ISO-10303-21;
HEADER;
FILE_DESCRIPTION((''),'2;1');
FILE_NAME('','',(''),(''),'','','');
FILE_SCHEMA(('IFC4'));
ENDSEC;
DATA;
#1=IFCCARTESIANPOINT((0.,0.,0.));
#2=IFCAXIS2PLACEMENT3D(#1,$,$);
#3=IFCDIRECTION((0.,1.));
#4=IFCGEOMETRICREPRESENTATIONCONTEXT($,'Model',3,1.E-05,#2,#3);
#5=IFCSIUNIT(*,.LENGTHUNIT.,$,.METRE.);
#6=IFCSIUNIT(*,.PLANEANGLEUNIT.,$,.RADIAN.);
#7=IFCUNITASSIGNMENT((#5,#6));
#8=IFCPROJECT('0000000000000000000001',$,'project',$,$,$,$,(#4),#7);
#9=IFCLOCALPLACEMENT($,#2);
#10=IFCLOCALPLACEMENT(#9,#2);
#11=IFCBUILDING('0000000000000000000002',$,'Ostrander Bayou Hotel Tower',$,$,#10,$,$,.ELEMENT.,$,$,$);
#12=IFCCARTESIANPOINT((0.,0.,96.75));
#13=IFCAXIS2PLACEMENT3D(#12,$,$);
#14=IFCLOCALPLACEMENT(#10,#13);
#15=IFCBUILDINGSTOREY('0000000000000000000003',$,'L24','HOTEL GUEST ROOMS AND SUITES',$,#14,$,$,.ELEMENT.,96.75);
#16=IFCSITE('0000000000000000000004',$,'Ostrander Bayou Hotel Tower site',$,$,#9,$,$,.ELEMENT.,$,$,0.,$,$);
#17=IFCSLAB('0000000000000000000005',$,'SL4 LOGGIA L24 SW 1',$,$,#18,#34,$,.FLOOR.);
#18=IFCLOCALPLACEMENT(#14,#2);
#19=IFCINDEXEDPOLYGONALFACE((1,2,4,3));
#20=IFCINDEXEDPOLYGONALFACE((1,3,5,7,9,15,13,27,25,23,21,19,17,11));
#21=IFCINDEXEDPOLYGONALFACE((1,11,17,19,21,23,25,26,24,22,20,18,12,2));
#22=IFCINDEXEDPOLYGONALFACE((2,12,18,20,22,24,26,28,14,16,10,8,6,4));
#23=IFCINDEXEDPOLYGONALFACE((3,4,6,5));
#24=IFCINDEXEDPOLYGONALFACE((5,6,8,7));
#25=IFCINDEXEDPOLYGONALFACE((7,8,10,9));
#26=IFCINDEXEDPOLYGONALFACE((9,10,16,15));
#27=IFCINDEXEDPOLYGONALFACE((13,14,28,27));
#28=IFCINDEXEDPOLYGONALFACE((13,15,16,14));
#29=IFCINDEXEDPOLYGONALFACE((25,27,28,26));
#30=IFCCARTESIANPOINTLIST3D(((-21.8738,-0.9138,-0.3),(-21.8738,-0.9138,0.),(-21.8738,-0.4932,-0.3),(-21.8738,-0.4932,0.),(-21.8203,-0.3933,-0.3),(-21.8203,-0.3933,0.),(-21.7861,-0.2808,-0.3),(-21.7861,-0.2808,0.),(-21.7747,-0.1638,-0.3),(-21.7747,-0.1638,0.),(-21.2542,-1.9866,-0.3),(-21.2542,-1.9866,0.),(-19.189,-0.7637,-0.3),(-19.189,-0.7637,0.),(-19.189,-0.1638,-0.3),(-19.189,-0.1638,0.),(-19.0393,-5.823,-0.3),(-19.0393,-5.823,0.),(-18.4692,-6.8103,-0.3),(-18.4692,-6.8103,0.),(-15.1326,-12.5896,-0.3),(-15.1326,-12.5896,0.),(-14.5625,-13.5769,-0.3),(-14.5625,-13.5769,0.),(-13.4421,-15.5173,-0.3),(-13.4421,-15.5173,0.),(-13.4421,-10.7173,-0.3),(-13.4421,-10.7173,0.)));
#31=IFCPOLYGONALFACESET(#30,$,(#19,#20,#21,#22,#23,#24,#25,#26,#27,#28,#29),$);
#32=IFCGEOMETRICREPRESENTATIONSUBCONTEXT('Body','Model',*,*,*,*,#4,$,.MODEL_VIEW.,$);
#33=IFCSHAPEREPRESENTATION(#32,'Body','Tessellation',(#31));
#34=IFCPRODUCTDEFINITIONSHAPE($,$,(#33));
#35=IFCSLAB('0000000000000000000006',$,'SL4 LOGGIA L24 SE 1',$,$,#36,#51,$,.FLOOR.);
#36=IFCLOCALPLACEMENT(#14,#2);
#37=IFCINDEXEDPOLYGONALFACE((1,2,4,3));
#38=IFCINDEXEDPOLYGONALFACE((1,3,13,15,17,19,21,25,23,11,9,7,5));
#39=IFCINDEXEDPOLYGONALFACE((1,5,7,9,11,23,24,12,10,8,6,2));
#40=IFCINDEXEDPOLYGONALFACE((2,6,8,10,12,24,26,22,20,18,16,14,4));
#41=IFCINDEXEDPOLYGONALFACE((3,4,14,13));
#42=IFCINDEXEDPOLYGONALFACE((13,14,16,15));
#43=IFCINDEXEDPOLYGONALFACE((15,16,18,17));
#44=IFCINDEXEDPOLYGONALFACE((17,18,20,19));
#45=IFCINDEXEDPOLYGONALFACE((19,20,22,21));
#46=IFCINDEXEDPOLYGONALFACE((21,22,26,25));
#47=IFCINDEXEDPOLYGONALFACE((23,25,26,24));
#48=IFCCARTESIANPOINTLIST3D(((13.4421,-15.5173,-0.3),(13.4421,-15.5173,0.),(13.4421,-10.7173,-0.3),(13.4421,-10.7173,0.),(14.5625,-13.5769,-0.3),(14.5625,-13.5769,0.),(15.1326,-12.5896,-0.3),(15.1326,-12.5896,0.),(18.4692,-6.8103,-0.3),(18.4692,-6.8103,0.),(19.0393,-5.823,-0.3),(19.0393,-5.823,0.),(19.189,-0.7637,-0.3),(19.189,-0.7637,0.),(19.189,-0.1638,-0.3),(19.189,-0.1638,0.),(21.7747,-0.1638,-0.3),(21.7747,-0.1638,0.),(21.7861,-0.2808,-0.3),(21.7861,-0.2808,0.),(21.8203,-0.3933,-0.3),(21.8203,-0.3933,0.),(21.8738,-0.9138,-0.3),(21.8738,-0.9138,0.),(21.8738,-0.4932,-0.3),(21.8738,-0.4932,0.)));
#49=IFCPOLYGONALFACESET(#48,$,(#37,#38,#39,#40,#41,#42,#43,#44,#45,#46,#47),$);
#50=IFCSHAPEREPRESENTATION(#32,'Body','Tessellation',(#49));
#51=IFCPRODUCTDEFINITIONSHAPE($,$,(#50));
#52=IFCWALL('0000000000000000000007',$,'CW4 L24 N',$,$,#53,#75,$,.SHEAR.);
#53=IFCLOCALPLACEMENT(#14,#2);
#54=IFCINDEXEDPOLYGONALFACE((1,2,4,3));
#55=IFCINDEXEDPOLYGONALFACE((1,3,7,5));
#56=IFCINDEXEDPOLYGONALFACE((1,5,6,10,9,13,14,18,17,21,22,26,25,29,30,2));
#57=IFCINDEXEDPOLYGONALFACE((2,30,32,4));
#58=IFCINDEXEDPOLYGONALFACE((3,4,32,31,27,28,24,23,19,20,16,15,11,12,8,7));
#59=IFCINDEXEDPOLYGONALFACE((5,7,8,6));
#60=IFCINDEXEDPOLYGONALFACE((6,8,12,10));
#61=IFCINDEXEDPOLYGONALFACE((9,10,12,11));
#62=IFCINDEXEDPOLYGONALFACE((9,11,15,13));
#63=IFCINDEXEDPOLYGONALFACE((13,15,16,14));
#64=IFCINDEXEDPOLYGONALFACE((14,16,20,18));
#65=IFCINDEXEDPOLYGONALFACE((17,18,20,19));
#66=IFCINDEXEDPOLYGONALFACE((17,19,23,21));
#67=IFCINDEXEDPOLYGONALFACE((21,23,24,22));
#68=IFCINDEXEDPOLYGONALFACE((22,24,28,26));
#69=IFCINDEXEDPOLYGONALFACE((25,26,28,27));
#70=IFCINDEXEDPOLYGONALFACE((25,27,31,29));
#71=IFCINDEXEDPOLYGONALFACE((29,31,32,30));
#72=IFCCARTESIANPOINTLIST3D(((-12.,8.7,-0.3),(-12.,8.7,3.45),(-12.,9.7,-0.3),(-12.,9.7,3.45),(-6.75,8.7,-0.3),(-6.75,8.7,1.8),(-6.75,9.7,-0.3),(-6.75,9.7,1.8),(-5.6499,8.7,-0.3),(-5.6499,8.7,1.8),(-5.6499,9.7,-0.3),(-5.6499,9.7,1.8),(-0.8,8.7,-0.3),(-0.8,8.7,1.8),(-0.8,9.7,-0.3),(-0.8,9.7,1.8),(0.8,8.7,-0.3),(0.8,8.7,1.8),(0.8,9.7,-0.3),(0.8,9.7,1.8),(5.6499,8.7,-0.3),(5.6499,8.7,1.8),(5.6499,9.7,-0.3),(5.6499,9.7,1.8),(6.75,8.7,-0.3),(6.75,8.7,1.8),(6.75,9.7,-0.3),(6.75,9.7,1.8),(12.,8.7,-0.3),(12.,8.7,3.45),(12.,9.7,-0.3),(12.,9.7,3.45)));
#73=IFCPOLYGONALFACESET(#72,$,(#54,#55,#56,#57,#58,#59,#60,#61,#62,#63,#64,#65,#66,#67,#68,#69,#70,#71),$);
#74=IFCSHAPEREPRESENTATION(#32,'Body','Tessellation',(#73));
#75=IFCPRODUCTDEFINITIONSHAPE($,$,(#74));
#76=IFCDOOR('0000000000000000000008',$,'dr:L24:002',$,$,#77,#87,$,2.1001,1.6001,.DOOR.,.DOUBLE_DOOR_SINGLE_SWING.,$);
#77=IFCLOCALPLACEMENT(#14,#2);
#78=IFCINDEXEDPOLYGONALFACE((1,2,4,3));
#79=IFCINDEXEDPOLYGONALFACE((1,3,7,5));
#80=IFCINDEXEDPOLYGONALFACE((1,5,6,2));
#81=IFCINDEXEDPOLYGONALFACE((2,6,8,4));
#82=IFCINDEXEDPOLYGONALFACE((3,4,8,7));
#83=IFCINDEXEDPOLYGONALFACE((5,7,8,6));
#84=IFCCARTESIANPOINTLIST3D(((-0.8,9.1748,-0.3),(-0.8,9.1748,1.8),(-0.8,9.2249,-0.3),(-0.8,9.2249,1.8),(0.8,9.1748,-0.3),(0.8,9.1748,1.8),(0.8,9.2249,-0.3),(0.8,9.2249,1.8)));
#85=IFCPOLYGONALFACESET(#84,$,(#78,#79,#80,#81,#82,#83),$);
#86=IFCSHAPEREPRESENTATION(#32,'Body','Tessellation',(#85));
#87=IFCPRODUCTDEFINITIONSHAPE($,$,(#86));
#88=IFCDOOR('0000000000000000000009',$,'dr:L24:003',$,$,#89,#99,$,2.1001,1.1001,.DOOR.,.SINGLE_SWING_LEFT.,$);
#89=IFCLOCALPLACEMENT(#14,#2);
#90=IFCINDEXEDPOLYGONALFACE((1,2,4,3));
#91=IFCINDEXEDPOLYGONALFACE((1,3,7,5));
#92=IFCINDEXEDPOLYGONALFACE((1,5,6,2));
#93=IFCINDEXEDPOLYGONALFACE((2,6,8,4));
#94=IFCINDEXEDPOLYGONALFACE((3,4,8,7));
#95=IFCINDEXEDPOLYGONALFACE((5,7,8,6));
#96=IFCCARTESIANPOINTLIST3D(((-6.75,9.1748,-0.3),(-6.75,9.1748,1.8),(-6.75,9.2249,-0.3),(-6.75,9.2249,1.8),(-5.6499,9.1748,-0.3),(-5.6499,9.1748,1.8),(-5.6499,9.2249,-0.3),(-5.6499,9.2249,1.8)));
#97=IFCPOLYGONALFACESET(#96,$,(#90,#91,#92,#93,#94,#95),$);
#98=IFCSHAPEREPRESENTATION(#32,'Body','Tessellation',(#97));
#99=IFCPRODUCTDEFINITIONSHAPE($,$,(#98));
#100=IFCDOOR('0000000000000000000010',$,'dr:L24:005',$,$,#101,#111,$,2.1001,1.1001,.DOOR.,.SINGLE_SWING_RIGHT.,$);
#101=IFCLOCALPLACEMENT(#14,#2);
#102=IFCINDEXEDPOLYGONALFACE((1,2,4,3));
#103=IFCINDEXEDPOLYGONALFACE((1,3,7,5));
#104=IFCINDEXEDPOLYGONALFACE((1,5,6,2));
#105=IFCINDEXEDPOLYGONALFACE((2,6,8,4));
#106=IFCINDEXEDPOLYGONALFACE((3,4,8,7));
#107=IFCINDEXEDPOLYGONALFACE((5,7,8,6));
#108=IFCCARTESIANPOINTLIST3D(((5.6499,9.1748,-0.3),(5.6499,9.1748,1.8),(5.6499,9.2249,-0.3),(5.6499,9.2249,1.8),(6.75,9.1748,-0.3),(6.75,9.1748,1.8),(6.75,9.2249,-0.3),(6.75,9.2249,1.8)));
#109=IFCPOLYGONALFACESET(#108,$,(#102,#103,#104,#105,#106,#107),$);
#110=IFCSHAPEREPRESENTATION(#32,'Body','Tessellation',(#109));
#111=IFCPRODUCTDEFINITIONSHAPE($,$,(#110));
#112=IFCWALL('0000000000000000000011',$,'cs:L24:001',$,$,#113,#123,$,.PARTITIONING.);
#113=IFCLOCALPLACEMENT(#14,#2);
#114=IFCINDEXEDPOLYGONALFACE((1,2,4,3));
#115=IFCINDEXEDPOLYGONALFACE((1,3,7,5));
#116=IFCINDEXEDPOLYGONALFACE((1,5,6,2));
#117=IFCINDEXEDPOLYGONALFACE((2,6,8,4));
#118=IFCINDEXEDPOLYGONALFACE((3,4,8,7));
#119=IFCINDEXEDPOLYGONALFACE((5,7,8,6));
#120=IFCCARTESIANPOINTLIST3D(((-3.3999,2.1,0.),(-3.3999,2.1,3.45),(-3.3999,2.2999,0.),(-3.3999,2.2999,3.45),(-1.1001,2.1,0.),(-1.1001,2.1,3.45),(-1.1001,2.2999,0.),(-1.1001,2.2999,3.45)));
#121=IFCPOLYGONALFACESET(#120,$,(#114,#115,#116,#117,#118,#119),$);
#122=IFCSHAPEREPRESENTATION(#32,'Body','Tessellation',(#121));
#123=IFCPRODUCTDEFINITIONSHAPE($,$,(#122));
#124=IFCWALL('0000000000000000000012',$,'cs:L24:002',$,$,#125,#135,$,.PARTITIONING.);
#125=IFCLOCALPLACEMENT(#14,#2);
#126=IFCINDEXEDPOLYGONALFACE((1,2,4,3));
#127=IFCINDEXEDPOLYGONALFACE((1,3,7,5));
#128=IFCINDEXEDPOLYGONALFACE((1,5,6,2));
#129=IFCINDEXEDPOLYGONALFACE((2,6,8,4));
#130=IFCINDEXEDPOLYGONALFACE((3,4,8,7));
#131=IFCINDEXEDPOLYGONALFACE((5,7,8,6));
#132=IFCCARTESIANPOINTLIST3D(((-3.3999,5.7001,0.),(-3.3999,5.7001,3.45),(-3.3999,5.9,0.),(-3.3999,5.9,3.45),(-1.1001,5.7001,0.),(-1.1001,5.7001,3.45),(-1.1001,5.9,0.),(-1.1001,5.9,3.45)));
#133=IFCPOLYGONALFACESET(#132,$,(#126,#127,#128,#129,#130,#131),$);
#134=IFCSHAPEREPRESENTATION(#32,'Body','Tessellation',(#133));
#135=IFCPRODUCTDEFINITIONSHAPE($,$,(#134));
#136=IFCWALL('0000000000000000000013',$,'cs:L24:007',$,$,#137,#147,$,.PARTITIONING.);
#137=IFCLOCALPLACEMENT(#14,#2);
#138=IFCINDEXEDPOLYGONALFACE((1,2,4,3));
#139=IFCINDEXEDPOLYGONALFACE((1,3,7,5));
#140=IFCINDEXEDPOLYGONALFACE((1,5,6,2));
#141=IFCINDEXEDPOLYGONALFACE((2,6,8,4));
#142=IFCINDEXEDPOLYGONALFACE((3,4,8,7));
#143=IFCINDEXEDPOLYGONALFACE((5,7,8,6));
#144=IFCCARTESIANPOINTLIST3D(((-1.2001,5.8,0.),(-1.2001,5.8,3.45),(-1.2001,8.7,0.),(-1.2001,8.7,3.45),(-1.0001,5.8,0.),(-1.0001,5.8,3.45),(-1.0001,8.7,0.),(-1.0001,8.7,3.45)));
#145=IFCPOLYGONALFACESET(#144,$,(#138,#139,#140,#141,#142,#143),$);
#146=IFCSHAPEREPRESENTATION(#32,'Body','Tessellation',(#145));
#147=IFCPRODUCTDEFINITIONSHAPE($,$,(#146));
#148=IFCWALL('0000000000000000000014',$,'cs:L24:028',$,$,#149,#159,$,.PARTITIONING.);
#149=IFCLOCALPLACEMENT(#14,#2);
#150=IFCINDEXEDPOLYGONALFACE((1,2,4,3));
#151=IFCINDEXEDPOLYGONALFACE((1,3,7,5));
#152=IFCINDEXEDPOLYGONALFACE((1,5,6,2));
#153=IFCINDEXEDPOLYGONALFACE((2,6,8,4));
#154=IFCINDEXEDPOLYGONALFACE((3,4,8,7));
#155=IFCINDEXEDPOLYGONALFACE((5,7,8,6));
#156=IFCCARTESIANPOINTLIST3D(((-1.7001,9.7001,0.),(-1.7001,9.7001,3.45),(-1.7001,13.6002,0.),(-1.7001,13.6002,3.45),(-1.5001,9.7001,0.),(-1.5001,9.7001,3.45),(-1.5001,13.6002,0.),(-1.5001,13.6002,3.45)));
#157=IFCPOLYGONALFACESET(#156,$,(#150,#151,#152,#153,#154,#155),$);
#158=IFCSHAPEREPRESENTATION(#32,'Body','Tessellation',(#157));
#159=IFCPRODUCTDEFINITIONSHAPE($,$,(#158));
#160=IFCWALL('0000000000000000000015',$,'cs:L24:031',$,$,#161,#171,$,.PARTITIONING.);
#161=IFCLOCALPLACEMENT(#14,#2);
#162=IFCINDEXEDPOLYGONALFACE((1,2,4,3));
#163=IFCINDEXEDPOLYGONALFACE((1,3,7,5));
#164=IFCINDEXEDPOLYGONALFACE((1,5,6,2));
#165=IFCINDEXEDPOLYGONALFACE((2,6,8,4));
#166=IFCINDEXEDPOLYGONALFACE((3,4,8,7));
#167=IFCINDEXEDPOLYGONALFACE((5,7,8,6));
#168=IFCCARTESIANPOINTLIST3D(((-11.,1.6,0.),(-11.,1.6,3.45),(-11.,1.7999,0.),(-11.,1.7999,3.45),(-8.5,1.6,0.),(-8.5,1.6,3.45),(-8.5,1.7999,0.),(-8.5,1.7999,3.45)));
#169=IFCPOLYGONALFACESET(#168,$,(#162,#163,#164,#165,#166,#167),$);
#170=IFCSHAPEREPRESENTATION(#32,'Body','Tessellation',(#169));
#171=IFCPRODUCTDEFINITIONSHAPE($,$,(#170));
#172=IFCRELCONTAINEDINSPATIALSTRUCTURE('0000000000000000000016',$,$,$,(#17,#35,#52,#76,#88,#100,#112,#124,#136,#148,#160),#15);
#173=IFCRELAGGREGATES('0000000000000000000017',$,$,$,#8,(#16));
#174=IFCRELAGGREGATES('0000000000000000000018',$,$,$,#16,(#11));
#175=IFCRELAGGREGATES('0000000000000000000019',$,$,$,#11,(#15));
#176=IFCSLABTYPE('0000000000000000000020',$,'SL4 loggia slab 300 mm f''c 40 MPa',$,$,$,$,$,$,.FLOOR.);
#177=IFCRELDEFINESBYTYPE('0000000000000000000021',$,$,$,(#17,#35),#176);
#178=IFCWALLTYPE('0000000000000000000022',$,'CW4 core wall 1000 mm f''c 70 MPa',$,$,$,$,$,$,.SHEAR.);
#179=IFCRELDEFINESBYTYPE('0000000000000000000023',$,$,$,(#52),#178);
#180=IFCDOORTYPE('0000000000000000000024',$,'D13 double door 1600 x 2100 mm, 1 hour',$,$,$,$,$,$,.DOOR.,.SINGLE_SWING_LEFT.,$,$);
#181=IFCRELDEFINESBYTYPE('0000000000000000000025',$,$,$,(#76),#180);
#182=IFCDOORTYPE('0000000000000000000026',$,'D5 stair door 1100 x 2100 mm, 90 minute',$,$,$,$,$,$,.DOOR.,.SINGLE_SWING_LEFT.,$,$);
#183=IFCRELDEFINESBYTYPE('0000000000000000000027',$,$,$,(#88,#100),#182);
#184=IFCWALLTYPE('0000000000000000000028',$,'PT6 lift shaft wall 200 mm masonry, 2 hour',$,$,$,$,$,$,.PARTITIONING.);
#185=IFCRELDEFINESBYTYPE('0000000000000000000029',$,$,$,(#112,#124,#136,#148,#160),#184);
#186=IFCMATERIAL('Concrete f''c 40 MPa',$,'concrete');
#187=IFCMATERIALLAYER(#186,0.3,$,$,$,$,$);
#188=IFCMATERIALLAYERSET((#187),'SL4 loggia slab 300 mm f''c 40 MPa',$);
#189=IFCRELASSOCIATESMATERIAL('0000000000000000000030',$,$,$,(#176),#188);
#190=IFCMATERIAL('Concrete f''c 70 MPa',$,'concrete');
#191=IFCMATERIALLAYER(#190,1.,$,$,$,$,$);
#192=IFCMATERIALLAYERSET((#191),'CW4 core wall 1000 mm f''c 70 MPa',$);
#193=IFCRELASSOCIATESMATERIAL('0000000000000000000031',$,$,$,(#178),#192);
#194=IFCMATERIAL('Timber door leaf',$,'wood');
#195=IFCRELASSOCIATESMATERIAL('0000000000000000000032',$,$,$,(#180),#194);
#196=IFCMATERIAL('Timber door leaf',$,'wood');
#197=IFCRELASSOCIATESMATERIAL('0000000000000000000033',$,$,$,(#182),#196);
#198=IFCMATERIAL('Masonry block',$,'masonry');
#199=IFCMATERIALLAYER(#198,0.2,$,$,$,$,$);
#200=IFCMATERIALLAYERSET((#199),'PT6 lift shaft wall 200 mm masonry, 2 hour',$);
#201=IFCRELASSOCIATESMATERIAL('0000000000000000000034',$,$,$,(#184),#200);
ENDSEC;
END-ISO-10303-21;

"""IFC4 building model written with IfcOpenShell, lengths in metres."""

from ifc_helpers import new_model, si_unit, direction, frame, frame_2d, origin, place, context, subcontext, project, spatial, polyline, rectangle, outline, extrude, material, layer, layer_set, type_object, element, fill, save


model = new_model("IFC4")

# Units and contexts
model_context = context("Model", 3, precision=1e-05, world=origin(), true_north=direction((0.0, 1.0)))
body_context = subcontext(model_context, "Body", "Model", "MODEL_VIEW")
ifc_project = project(units=[si_unit("LENGTHUNIT", "METRE"), si_unit("PLANEANGLEUNIT", "RADIAN")], contexts=[model_context])

# Site, building, storey
site_placement = place(None, origin())
site = spatial("IfcSite", under=ifc_project, at=site_placement, Name="Ostrander Bayou Hotel Tower site", CompositionType="ELEMENT", RefElevation=0.0)
building_placement = place(site_placement, origin())
building = spatial("IfcBuilding", under=site, at=building_placement, Name="Ostrander Bayou Hotel Tower", CompositionType="ELEMENT")
storey_placement = place(building_placement, frame((0.0, 0.0, 96.75)))
storey = spatial("IfcBuildingStorey", under=building, at=storey_placement, Name="L24", Description="HOTEL GUEST ROOMS AND SUITES", CompositionType="ELEMENT", Elevation=96.75)

# Slabs
ifc_material_1 = material(Name="Concrete f'c 40 MPa", Category="concrete")
ifc_layer_1 = layer(ifc_material_1, 0.3)
ifc_layer_set_1 = layer_set([ifc_layer_1], Name="SL4 loggia slab 300 mm f'c 40 MPa")
slab_type = type_object("IfcSlabType", Name="SL4 loggia slab 300 mm f'c 40 MPa", PredefinedType="FLOOR", material=ifc_layer_set_1)
slab_1_placement = place(storey_placement, frame((0.0, 0.0, -0.3)))
element("IfcSlab", 1, at=slab_1_placement, inside=storey, type_object=slab_type, Name="SL4 LOGGIA L24 SW 1", PredefinedType="FLOOR", context=body_context, shape_type="SweptSolid", body=[
    extrude(outline(polyline([(-13.4421, -15.5173), (-14.5625, -13.5769), (-15.1326, -12.5896), (-18.4692, -6.8103), (-19.0393, -5.823), (-21.2542, -1.9866), (-21.8738, -0.9138), (-21.8738, -0.4932), (-21.8203, -0.3933), (-21.7861, -0.2808), (-21.7747, -0.1638), (-19.189, -0.1638), (-19.189, -0.7637), (-13.4421, -10.7173), (-13.4421, -15.5173)])), origin(), (0.0, 0.0, 1.0), 0.3),
])
slab_2_placement = place(storey_placement, frame((0.0, 0.0, -0.3)))
element("IfcSlab", 2, at=slab_2_placement, inside=storey, type_object=slab_type, Name="SL4 LOGGIA L24 SE 1", PredefinedType="FLOOR", context=body_context, shape_type="SweptSolid", body=[
    extrude(outline(polyline([(15.1326, -12.5896), (14.5625, -13.5769), (13.4421, -15.5173), (13.4421, -10.7173), (19.189, -0.7637), (19.189, -0.1638), (21.7747, -0.1638), (21.7861, -0.2808), (21.8203, -0.3933), (21.8738, -0.4932), (21.8738, -0.9138), (19.0393, -5.823), (18.4692, -6.8103), (15.1326, -12.5896)])), origin(), (0.0, 0.0, 1.0), 0.3),
])

# Wall, openings, doors
ifc_material_2 = material(Name="Concrete f'c 70 MPa", Category="concrete")
ifc_layer_2 = layer(ifc_material_2, 1.0)
ifc_layer_set_2 = layer_set([ifc_layer_2], Name="CW4 core wall 1000 mm f'c 70 MPa")
wall_type_1 = type_object("IfcWallType", Name="CW4 core wall 1000 mm f'c 70 MPa", PredefinedType="SHEAR", material=ifc_layer_set_2)
wall_1_placement = place(storey_placement, frame((-12.0, 9.2, -0.3), z_axis=(0.0, 0.0, 1.0), x_axis=(1.0, 0.0, 0.0)))
wall_1 = element("IfcWall", 3, at=wall_1_placement, inside=storey, type_object=wall_type_1, Name="CW4 L24 N", PredefinedType="SHEAR", context=body_context, shape_type="SweptSolid", body=[
    extrude(rectangle(XDim=24.0, YDim=1.0, at=frame_2d((12.0, 0.0))), origin(), (0.0, 0.0, 1.0), 3.75),
])
opening_1_placement = place(wall_1_placement, frame((11.2, 0.0, 0.0)))
opening_1 = element("IfcOpeningElement", 4, at=opening_1_placement, cuts=wall_1, PredefinedType="OPENING", context=body_context, shape_type="SweptSolid", body=[
    extrude(rectangle(XDim=1.6001, YDim=2.1001, at=frame_2d((0.8, 1.05))), frame((0.0, 0.5, 0.0), z_axis=(0.0, -1.0, 0.0), x_axis=(1.0, 0.0, 0.0)), (0.0, 0.0, 1.0), 1.0),
])
opening_2_placement = place(wall_1_placement, frame((5.25, 0.0, 0.0)))
opening_2 = element("IfcOpeningElement", 5, at=opening_2_placement, cuts=wall_1, PredefinedType="OPENING", context=body_context, shape_type="SweptSolid", body=[
    extrude(rectangle(XDim=1.1001, YDim=2.1001, at=frame_2d((0.55, 1.05))), frame((0.0, 0.5, 0.0), z_axis=(0.0, -1.0, 0.0), x_axis=(1.0, 0.0, 0.0)), (0.0, 0.0, 1.0), 1.0),
])
opening_3_placement = place(wall_1_placement, frame((17.6499, 0.0, 0.0)))
opening_3 = element("IfcOpeningElement", 6, at=opening_3_placement, cuts=wall_1, PredefinedType="OPENING", context=body_context, shape_type="SweptSolid", body=[
    extrude(rectangle(XDim=1.1001, YDim=2.1001, at=frame_2d((0.55, 1.05))), frame((0.0, 0.5, 0.0), z_axis=(0.0, -1.0, 0.0), x_axis=(1.0, 0.0, 0.0)), (0.0, 0.0, 1.0), 1.0),
])
ifc_material_3 = material(Name="Timber door leaf", Category="wood")
door_type_1 = type_object("IfcDoorType", Name="D13 double door 1600 x 2100 mm, 1 hour", OperationType="SINGLE_SWING_LEFT", PredefinedType="DOOR", material=ifc_material_3)
door_1_placement = place(opening_1_placement, origin())
door_1 = element("IfcDoor", 7, at=door_1_placement, inside=storey, type_object=door_type_1, Name="dr:L24:002", OperationType="DOUBLE_DOOR_SINGLE_SWING", OverallHeight=2.1001, OverallWidth=1.6001, PredefinedType="DOOR", context=body_context, shape_type="SweptSolid", body=[
    extrude(rectangle(XDim=1.6001, YDim=2.1001, at=frame_2d((0.8, 1.05))), frame((0.0, 0.0249, 0.0), z_axis=(0.0, -1.0, 0.0), x_axis=(1.0, 0.0, 0.0)), (0.0, 0.0, 1.0), 0.05),
])
fill(opening_1, door_1)
ifc_material_4 = material(Name="Timber door leaf", Category="wood")
door_type_2 = type_object("IfcDoorType", Name="D5 stair door 1100 x 2100 mm, 90 minute", OperationType="SINGLE_SWING_LEFT", PredefinedType="DOOR", material=ifc_material_4)
door_2_placement = place(opening_2_placement, origin())
door_2 = element("IfcDoor", 8, at=door_2_placement, inside=storey, type_object=door_type_2, Name="dr:L24:003", OperationType="SINGLE_SWING_LEFT", OverallHeight=2.1001, OverallWidth=1.1001, PredefinedType="DOOR", context=body_context, shape_type="SweptSolid", body=[
    extrude(rectangle(XDim=1.1001, YDim=2.1001, at=frame_2d((0.55, 1.05))), frame((0.0, 0.0249, 0.0), z_axis=(0.0, -1.0, 0.0), x_axis=(1.0, 0.0, 0.0)), (0.0, 0.0, 1.0), 0.05),
])
fill(opening_2, door_2)
door_3_placement = place(opening_3_placement, origin())
door_3 = element("IfcDoor", 9, at=door_3_placement, inside=storey, type_object=door_type_2, Name="dr:L24:005", OperationType="SINGLE_SWING_RIGHT", OverallHeight=2.1001, OverallWidth=1.1001, PredefinedType="DOOR", context=body_context, shape_type="SweptSolid", body=[
    extrude(rectangle(XDim=1.1001, YDim=2.1001, at=frame_2d((0.55, 1.05))), frame((0.0, 0.0249, 0.0), z_axis=(0.0, -1.0, 0.0), x_axis=(1.0, 0.0, 0.0)), (0.0, 0.0, 1.0), 0.05),
])
fill(opening_3, door_3)

# Walls
ifc_material_5 = material(Name="Masonry block", Category="masonry")
ifc_layer_3 = layer(ifc_material_5, 0.2)
ifc_layer_set_3 = layer_set([ifc_layer_3], Name="PT6 lift shaft wall 200 mm masonry, 2 hour")
wall_type_2 = type_object("IfcWallType", Name="PT6 lift shaft wall 200 mm masonry, 2 hour", PredefinedType="PARTITIONING", material=ifc_layer_set_3)
for number, where, z_axis, x_axis, name in (
    (10, (-3.3999, 2.2, 0.0), (0.0, 0.0, 1.0), (1.0, 0.0, 0.0), "cs:L24:001"),
    (11, (-3.3999, 5.8, 0.0), (0.0, 0.0, 1.0), (1.0, 0.0, 0.0), "cs:L24:002"),
):
    element("IfcWall", number, at=place(storey_placement, frame(where, z_axis=z_axis, x_axis=x_axis)), inside=storey, type_object=wall_type_2, Name=name, PredefinedType="PARTITIONING", context=body_context, shape_type="SweptSolid", body=[
        extrude(rectangle(XDim=2.2998, YDim=0.2, at=frame_2d((1.1499, 0.0))), origin(), (0.0, 0.0, 1.0), 3.45),
    ])
wall_2_placement = place(storey_placement, frame((-1.1001, 5.8, 0.0), z_axis=(0.0, 0.0, 1.0), x_axis=(0.0, 1.0, 0.0)))
element("IfcWall", 12, at=wall_2_placement, inside=storey, type_object=wall_type_2, Name="cs:L24:007", PredefinedType="PARTITIONING", context=body_context, shape_type="SweptSolid", body=[
    extrude(rectangle(XDim=2.8999, YDim=0.2, at=frame_2d((1.45, 0.0))), origin(), (0.0, 0.0, 1.0), 3.45),
])
wall_3_placement = place(storey_placement, frame((-1.6001, 9.7, 0.0), z_axis=(0.0, 0.0, 1.0), x_axis=(0.0, 1.0, 0.0)))
element("IfcWall", 13, at=wall_3_placement, inside=storey, type_object=wall_type_2, Name="cs:L24:028", PredefinedType="PARTITIONING", context=body_context, shape_type="SweptSolid", body=[
    extrude(rectangle(XDim=3.9001, YDim=0.2, at=frame_2d((1.9502, 0.0))), origin(), (0.0, 0.0, 1.0), 3.45),
])
for number, where, z_axis, x_axis, name in (
    (14, (-11.0, 1.7, 0.0), (0.0, 0.0, 1.0), (1.0, 0.0, 0.0), "cs:L24:031"),
):
    element("IfcWall", number, at=place(storey_placement, frame(where, z_axis=z_axis, x_axis=x_axis)), inside=storey, type_object=wall_type_2, Name=name, PredefinedType="PARTITIONING", context=body_context, shape_type="SweptSolid", body=[
        extrude(rectangle(XDim=2.5, YDim=0.2, at=frame_2d((1.25, 0.0))), origin(), (0.0, 0.0, 1.0), 3.45),
    ])

save(model, "model.ifc")
